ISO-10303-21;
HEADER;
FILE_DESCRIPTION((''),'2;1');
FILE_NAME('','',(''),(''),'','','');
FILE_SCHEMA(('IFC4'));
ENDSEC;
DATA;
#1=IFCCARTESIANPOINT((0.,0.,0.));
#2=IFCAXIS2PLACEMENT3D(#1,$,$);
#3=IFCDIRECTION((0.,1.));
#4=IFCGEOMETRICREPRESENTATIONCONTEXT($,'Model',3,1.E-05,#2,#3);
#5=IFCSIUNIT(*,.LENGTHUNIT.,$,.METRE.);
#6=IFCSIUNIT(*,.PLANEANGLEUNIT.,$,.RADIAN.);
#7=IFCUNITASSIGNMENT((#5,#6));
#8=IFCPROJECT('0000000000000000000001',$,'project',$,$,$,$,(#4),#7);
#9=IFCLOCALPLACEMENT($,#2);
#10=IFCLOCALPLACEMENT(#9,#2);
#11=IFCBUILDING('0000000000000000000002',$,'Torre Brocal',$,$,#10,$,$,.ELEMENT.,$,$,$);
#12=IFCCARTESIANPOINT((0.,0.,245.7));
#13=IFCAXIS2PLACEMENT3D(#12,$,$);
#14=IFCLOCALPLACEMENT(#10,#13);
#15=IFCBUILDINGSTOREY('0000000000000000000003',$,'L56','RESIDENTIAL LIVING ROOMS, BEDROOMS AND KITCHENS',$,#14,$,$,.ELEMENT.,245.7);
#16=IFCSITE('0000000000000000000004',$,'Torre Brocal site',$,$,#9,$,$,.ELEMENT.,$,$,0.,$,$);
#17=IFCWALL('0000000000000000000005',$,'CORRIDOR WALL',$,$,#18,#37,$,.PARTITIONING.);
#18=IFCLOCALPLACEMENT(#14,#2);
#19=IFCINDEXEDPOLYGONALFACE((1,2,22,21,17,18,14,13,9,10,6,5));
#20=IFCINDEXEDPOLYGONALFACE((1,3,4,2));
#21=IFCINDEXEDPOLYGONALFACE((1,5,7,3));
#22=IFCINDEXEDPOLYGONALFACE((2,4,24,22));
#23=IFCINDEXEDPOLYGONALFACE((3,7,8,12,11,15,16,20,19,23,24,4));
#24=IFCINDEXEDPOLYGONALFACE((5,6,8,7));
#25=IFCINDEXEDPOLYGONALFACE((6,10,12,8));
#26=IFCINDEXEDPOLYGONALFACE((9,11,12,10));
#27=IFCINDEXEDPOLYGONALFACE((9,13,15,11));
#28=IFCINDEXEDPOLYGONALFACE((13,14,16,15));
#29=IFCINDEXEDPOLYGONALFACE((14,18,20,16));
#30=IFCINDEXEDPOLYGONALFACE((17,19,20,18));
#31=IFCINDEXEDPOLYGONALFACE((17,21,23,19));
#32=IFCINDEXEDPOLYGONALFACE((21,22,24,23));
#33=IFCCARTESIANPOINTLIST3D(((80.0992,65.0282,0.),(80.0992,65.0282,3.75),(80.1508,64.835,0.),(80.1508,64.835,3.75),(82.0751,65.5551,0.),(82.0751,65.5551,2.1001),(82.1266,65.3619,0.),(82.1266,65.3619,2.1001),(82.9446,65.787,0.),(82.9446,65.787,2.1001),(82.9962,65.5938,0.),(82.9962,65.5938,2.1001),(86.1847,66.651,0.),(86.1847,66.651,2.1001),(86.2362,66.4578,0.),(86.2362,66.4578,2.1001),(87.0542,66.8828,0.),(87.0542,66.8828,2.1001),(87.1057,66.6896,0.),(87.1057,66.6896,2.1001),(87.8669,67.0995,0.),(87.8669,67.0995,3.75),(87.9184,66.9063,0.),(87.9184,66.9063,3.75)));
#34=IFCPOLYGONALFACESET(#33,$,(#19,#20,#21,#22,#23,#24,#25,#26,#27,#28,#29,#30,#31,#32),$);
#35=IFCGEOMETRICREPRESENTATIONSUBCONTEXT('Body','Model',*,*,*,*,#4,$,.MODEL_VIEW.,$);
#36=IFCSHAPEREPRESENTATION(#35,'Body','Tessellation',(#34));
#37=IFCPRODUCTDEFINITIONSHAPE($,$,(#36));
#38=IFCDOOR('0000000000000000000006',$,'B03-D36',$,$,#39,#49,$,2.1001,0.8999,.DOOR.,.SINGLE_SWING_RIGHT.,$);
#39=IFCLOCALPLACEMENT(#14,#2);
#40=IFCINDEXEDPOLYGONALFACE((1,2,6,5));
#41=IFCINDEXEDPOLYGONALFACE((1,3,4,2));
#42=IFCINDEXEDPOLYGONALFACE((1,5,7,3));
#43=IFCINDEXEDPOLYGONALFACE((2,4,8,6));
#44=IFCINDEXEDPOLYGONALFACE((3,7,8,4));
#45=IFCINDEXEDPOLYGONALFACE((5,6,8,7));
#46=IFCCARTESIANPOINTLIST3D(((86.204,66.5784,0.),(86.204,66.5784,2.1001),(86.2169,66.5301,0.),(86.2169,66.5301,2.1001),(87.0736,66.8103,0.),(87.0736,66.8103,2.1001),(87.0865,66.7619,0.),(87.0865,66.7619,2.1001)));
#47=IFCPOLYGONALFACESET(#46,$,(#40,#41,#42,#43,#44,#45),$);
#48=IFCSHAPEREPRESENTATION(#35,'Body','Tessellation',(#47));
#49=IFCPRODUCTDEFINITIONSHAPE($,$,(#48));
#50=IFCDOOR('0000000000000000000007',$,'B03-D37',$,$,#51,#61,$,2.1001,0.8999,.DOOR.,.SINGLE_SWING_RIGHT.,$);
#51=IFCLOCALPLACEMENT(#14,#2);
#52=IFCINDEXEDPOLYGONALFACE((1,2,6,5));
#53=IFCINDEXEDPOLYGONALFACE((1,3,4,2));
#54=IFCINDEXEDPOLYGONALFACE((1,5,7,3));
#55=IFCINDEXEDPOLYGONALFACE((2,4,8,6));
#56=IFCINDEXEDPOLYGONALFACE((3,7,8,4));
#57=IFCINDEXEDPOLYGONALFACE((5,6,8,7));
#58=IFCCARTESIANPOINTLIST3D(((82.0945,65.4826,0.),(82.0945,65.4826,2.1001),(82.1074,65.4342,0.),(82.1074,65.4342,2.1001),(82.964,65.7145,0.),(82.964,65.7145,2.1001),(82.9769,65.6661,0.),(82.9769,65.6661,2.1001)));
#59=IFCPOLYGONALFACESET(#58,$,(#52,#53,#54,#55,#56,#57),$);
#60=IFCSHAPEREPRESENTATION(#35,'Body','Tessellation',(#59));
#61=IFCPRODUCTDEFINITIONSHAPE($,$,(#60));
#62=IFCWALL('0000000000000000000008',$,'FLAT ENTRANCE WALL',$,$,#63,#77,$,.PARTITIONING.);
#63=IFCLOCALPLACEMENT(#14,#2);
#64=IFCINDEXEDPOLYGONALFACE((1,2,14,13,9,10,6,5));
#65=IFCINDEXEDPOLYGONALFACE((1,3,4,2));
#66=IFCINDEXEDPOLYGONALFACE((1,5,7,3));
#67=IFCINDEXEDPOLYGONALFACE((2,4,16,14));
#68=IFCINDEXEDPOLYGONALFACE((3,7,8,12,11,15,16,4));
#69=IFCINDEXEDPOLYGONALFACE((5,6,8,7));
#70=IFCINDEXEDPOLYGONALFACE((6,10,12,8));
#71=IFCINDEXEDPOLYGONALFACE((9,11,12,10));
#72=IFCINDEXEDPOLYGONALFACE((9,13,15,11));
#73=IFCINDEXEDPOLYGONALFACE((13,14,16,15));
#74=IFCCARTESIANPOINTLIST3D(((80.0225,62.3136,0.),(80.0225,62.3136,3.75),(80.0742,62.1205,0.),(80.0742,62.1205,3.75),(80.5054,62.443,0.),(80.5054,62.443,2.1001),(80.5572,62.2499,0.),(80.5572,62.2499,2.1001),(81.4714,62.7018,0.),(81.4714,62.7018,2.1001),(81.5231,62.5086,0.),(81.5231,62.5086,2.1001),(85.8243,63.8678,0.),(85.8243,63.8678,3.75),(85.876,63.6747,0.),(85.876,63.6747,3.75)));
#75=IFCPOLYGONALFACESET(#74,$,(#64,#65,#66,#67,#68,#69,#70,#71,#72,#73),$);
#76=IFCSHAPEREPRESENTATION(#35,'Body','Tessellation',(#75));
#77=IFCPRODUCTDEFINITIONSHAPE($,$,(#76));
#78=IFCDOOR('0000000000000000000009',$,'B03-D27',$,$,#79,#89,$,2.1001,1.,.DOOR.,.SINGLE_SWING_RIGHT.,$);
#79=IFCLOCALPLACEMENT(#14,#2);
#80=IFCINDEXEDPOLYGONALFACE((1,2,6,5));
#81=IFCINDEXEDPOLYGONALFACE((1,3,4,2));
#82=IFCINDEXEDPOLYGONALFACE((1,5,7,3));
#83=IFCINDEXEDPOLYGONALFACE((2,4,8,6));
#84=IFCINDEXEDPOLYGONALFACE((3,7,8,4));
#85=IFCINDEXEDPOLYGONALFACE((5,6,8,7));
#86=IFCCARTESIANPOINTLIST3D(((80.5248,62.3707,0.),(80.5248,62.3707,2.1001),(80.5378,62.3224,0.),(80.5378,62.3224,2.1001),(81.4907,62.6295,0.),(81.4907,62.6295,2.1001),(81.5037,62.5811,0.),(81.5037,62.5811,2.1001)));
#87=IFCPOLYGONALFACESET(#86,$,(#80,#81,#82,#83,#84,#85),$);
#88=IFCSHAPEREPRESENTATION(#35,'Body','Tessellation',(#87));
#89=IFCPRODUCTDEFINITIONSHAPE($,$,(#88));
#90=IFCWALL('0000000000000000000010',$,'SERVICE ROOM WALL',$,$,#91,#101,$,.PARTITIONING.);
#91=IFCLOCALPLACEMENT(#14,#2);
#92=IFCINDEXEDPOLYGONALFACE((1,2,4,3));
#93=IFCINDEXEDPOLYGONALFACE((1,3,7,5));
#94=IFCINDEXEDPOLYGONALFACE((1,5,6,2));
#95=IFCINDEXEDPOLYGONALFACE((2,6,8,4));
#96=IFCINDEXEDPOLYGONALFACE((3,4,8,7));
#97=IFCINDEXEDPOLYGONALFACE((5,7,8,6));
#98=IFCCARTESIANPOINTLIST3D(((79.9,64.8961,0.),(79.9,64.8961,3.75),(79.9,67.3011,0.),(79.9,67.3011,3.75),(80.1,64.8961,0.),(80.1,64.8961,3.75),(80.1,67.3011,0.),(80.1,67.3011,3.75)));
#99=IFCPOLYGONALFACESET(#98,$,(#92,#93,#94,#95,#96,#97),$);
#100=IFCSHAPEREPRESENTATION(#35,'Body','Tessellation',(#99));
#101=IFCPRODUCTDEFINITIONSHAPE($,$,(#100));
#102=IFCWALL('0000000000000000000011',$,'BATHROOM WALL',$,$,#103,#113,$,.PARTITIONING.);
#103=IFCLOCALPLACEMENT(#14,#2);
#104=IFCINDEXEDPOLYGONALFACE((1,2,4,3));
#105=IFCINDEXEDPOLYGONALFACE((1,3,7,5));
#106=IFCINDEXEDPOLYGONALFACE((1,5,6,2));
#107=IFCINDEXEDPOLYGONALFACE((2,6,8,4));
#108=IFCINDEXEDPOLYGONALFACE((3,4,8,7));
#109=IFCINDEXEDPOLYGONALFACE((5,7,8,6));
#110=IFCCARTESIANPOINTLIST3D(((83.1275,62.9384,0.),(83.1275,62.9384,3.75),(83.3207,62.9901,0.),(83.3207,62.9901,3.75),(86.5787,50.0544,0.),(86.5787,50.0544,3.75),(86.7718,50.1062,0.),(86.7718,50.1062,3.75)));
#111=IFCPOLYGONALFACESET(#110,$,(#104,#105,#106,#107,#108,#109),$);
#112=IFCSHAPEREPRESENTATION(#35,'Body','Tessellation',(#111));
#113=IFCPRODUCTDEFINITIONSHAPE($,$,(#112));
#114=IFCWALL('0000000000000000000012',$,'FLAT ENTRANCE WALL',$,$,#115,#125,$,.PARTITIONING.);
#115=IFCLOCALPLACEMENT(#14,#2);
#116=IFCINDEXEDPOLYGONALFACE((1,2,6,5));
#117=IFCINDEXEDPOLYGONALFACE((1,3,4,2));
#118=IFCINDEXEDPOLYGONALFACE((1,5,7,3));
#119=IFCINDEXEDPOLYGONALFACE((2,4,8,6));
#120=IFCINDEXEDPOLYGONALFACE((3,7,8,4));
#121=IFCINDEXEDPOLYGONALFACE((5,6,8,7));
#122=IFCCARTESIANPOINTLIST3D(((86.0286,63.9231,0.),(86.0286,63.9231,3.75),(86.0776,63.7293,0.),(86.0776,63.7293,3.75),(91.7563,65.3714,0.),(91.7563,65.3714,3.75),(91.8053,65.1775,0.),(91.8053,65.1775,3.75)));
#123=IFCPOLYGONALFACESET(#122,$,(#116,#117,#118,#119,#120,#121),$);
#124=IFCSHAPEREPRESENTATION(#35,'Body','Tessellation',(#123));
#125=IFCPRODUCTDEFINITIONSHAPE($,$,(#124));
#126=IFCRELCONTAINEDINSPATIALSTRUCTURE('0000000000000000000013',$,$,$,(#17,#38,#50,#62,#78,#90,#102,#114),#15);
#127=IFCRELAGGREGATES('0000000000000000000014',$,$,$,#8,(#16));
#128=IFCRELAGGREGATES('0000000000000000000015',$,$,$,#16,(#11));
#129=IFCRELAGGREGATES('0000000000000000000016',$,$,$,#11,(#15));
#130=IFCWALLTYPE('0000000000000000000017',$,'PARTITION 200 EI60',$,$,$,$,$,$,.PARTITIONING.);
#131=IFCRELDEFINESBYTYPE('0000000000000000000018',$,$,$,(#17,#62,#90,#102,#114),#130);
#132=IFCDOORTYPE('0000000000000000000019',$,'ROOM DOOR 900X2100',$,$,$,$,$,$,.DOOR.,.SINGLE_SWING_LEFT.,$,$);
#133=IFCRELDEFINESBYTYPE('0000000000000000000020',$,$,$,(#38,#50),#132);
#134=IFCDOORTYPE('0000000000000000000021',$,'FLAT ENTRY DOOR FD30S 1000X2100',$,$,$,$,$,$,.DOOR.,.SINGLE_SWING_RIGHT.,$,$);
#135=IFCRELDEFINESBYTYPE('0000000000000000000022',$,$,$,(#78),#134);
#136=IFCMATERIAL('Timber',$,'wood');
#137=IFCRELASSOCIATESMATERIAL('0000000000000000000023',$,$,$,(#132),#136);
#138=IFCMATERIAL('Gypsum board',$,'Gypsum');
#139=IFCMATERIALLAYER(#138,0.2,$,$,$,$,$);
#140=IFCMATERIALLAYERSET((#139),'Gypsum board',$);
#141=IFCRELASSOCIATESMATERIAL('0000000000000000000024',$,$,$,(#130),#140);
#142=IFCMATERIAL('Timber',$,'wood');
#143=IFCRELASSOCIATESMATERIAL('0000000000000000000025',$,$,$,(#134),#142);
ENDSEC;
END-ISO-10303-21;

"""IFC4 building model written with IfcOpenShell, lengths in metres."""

from ifc_helpers import new_model, si_unit, direction, frame, frame_2d, origin, place, context, subcontext, project, spatial, rectangle, extrude, material, layer, layer_set, type_object, element, fill, save


model = new_model("IFC4")

# Units and contexts
model_context = context("Model", 3, precision=1e-05, world=origin(), true_north=direction((0.0, 1.0)))
body_context = subcontext(model_context, "Body", "Model", "MODEL_VIEW")
ifc_project = project(units=[si_unit("LENGTHUNIT", "METRE"), si_unit("PLANEANGLEUNIT", "RADIAN")], contexts=[model_context])

# Site, building, storey
site_placement = place(None, origin())
site = spatial("IfcSite", under=ifc_project, at=site_placement, Name="Torre Brocal site", CompositionType="ELEMENT", RefElevation=0.0)
building_placement = place(site_placement, origin())
building = spatial("IfcBuilding", under=site, at=building_placement, Name="Torre Brocal", CompositionType="ELEMENT")
storey_placement = place(building_placement, frame((0.0, 0.0, 245.7)))
storey = spatial("IfcBuildingStorey", under=building, at=storey_placement, Name="L56", Description="RESIDENTIAL LIVING ROOMS, BEDROOMS AND KITCHENS", CompositionType="ELEMENT", Elevation=245.7)

# Shared definitions
ifc_material_1 = material(Name="Timber", Category="wood")
door_type_1 = type_object("IfcDoorType", Name="ROOM DOOR 900X2100", OperationType="SINGLE_SWING_LEFT", PredefinedType="DOOR", material=ifc_material_1)

# Wall, openings, doors
ifc_material_2 = material(Name="Gypsum board", Category="Gypsum")
ifc_layer_1 = layer(ifc_material_2, 0.2)
ifc_layer_set_1 = layer_set([ifc_layer_1], Name="Gypsum board")
wall_type_1 = type_object("IfcWallType", Name="PARTITION 200 EI60", PredefinedType="PARTITIONING", material=ifc_layer_set_1)
wall_1_placement = place(storey_placement, frame((80.125, 64.9316, 0.0), z_axis=(0.0, 0.0, 1.0), x_axis=(0.966237, 0.257655, 0.0)))
wall_1 = element("IfcWall", 1, at=wall_1_placement, inside=storey, type_object=wall_type_1, Name="CORRIDOR WALL", PredefinedType="PARTITIONING", context=body_context, shape_type="SweptSolid", body=[
    extrude(rectangle(XDim=8.0391, YDim=0.2, at=frame_2d((4.0195, 0.0))), origin(), (0.0, 0.0, 1.0), 3.75),
])
opening_1_placement = place(wall_1_placement, frame((6.2981, 0.0, 0.0)))
opening_1 = element("IfcOpeningElement", 2, at=opening_1_placement, cuts=wall_1, PredefinedType="OPENING", context=body_context, shape_type="SweptSolid", body=[
    extrude(rectangle(XDim=0.8999, YDim=2.1001, at=frame_2d((0.45, 1.05))), frame((0.0, 0.1099, 0.0), z_axis=(0.0, -1.0, 0.0), x_axis=(1.0, 0.0, 0.0)), (0.0, 0.0, 1.0), 0.22),
])
opening_2_placement = place(wall_1_placement, frame((2.0449, 0.0, 0.0)))
opening_2 = element("IfcOpeningElement", 3, at=opening_2_placement, cuts=wall_1, PredefinedType="OPENING", context=body_context, shape_type="SweptSolid", body=[
    extrude(rectangle(XDim=0.8999, YDim=2.1001, at=frame_2d((0.45, 1.05))), frame((0.0, 0.1099, 0.0), z_axis=(0.0, -1.0, 0.0), x_axis=(1.0, 0.0, 0.0)), (0.0, 0.0, 1.0), 0.22),
])
door_1_placement = place(opening_1_placement, origin())
door_1 = element("IfcDoor", 4, at=door_1_placement, inside=storey, type_object=door_type_1, Name="B03-D36", OperationType="SINGLE_SWING_RIGHT", OverallHeight=2.1001, OverallWidth=0.8999, PredefinedType="DOOR", context=body_context, shape_type="SweptSolid", body=[
    extrude(rectangle(XDim=0.8999, YDim=2.1001, at=frame_2d((0.45, 1.05))), frame((0.0, 0.0249, 0.0), z_axis=(0.0, -1.0, 0.0), x_axis=(1.0, 0.0, 0.0)), (0.0, 0.0, 1.0), 0.05),
])
fill(opening_1, door_1)
door_2_placement = place(opening_2_placement, origin())
door_2 = element("IfcDoor", 5, at=door_2_placement, inside=storey, type_object=door_type_1, Name="B03-D37", OperationType="SINGLE_SWING_RIGHT", OverallHeight=2.1001, OverallWidth=0.8999, PredefinedType="DOOR", context=body_context, shape_type="SweptSolid", body=[
    extrude(rectangle(XDim=0.8999, YDim=2.1001, at=frame_2d((0.45, 1.05))), frame((0.0, 0.0249, 0.0), z_axis=(0.0, -1.0, 0.0), x_axis=(1.0, 0.0, 0.0)), (0.0, 0.0, 1.0), 0.05),
])
fill(opening_2, door_2)

# Wall, opening, door
wall_2_placement = place(storey_placement, frame((80.0483, 62.217, 0.0), z_axis=(0.0, 0.0, 1.0), x_axis=(0.965942, 0.25876, 0.0)))
wall_2 = element("IfcWall", 6, at=wall_2_placement, inside=storey, type_object=wall_type_1, Name="FLAT ENTRANCE WALL", PredefinedType="PARTITIONING", context=body_context, shape_type="SweptSolid", body=[
    extrude(rectangle(XDim=6.0063, YDim=0.2, at=frame_2d((3.0032, 0.0))), origin(), (0.0, 0.0, 1.0), 3.75),
])
opening_3_placement = place(wall_2_placement, frame((0.5, 0.0, 0.0)))
opening_3 = element("IfcOpeningElement", 7, at=opening_3_placement, cuts=wall_2, PredefinedType="OPENING", context=body_context, shape_type="SweptSolid", body=[
    extrude(rectangle(XDim=1.0, YDim=2.1001, at=frame_2d((0.5, 1.05))), frame((0.0, 0.1099, 0.0), z_axis=(0.0, -1.0, 0.0), x_axis=(1.0, 0.0, 0.0)), (0.0, 0.0, 1.0), 0.22),
])
ifc_material_3 = material(Name="Timber", Category="wood")
door_type_2 = type_object("IfcDoorType", Name="FLAT ENTRY DOOR FD30S 1000X2100", OperationType="SINGLE_SWING_RIGHT", PredefinedType="DOOR", material=ifc_material_3)
door_3_placement = place(opening_3_placement, frame((1.0, 0.0, 0.0), z_axis=(0.0, 0.0, 1.0), x_axis=(-1.0, 0.0, 0.0)))
door_3 = element("IfcDoor", 8, at=door_3_placement, inside=storey, type_object=door_type_2, Name="B03-D27", OperationType="SINGLE_SWING_RIGHT", OverallHeight=2.1001, OverallWidth=1.0, PredefinedType="DOOR", context=body_context, shape_type="SweptSolid", body=[
    extrude(rectangle(XDim=1.0, YDim=2.1001, at=frame_2d((0.5, 1.05))), frame((0.0, 0.0249, 0.0), z_axis=(0.0, -1.0, 0.0), x_axis=(1.0, 0.0, 0.0)), (0.0, 0.0, 1.0), 0.05),
])
fill(opening_3, door_3)

# Walls
wall_3_placement = place(storey_placement, frame((80.0, 64.896, 0.0), z_axis=(0.0, 0.0, 1.0), x_axis=(0.0, 1.0, 0.0)))
element("IfcWall", 9, at=wall_3_placement, inside=storey, type_object=wall_type_1, Name="SERVICE ROOM WALL", PredefinedType="PARTITIONING", context=body_context, shape_type="SweptSolid", body=[
    extrude(rectangle(XDim=2.405, YDim=0.2, at=frame_2d((1.2026, 0.0))), origin(), (0.0, 0.0, 1.0), 3.75),
])
wall_4_placement = place(storey_placement, frame((83.2241, 62.9641, 0.0), z_axis=(0.0, 0.0, 1.0), x_axis=(0.258742, -0.965946, 0.0)))
element("IfcWall", 10, at=wall_4_placement, inside=storey, type_object=wall_type_1, Name="BATHROOM WALL", PredefinedType="PARTITIONING", context=body_context, shape_type="SweptSolid", body=[
    extrude(rectangle(XDim=13.3381, YDim=0.2, at=frame_2d((6.6689, 0.0))), origin(), (0.0, 0.0, 1.0), 3.75),
])
wall_5_placement = place(storey_placement, frame((86.053, 63.8262, 0.0), z_axis=(0.0, 0.0, 1.0), x_axis=(0.96949, 0.245131, 0.0)))
element("IfcWall", 11, at=wall_5_placement, inside=storey, type_object=wall_type_1, Name="FLAT ENTRANCE WALL", PredefinedType="PARTITIONING", context=body_context, shape_type="SweptSolid", body=[
    extrude(rectangle(XDim=5.908, YDim=0.2, at=frame_2d((2.9541, 0.0))), origin(), (0.0, 0.0, 1.0), 3.75),
])

save(model, "model.ifc")
